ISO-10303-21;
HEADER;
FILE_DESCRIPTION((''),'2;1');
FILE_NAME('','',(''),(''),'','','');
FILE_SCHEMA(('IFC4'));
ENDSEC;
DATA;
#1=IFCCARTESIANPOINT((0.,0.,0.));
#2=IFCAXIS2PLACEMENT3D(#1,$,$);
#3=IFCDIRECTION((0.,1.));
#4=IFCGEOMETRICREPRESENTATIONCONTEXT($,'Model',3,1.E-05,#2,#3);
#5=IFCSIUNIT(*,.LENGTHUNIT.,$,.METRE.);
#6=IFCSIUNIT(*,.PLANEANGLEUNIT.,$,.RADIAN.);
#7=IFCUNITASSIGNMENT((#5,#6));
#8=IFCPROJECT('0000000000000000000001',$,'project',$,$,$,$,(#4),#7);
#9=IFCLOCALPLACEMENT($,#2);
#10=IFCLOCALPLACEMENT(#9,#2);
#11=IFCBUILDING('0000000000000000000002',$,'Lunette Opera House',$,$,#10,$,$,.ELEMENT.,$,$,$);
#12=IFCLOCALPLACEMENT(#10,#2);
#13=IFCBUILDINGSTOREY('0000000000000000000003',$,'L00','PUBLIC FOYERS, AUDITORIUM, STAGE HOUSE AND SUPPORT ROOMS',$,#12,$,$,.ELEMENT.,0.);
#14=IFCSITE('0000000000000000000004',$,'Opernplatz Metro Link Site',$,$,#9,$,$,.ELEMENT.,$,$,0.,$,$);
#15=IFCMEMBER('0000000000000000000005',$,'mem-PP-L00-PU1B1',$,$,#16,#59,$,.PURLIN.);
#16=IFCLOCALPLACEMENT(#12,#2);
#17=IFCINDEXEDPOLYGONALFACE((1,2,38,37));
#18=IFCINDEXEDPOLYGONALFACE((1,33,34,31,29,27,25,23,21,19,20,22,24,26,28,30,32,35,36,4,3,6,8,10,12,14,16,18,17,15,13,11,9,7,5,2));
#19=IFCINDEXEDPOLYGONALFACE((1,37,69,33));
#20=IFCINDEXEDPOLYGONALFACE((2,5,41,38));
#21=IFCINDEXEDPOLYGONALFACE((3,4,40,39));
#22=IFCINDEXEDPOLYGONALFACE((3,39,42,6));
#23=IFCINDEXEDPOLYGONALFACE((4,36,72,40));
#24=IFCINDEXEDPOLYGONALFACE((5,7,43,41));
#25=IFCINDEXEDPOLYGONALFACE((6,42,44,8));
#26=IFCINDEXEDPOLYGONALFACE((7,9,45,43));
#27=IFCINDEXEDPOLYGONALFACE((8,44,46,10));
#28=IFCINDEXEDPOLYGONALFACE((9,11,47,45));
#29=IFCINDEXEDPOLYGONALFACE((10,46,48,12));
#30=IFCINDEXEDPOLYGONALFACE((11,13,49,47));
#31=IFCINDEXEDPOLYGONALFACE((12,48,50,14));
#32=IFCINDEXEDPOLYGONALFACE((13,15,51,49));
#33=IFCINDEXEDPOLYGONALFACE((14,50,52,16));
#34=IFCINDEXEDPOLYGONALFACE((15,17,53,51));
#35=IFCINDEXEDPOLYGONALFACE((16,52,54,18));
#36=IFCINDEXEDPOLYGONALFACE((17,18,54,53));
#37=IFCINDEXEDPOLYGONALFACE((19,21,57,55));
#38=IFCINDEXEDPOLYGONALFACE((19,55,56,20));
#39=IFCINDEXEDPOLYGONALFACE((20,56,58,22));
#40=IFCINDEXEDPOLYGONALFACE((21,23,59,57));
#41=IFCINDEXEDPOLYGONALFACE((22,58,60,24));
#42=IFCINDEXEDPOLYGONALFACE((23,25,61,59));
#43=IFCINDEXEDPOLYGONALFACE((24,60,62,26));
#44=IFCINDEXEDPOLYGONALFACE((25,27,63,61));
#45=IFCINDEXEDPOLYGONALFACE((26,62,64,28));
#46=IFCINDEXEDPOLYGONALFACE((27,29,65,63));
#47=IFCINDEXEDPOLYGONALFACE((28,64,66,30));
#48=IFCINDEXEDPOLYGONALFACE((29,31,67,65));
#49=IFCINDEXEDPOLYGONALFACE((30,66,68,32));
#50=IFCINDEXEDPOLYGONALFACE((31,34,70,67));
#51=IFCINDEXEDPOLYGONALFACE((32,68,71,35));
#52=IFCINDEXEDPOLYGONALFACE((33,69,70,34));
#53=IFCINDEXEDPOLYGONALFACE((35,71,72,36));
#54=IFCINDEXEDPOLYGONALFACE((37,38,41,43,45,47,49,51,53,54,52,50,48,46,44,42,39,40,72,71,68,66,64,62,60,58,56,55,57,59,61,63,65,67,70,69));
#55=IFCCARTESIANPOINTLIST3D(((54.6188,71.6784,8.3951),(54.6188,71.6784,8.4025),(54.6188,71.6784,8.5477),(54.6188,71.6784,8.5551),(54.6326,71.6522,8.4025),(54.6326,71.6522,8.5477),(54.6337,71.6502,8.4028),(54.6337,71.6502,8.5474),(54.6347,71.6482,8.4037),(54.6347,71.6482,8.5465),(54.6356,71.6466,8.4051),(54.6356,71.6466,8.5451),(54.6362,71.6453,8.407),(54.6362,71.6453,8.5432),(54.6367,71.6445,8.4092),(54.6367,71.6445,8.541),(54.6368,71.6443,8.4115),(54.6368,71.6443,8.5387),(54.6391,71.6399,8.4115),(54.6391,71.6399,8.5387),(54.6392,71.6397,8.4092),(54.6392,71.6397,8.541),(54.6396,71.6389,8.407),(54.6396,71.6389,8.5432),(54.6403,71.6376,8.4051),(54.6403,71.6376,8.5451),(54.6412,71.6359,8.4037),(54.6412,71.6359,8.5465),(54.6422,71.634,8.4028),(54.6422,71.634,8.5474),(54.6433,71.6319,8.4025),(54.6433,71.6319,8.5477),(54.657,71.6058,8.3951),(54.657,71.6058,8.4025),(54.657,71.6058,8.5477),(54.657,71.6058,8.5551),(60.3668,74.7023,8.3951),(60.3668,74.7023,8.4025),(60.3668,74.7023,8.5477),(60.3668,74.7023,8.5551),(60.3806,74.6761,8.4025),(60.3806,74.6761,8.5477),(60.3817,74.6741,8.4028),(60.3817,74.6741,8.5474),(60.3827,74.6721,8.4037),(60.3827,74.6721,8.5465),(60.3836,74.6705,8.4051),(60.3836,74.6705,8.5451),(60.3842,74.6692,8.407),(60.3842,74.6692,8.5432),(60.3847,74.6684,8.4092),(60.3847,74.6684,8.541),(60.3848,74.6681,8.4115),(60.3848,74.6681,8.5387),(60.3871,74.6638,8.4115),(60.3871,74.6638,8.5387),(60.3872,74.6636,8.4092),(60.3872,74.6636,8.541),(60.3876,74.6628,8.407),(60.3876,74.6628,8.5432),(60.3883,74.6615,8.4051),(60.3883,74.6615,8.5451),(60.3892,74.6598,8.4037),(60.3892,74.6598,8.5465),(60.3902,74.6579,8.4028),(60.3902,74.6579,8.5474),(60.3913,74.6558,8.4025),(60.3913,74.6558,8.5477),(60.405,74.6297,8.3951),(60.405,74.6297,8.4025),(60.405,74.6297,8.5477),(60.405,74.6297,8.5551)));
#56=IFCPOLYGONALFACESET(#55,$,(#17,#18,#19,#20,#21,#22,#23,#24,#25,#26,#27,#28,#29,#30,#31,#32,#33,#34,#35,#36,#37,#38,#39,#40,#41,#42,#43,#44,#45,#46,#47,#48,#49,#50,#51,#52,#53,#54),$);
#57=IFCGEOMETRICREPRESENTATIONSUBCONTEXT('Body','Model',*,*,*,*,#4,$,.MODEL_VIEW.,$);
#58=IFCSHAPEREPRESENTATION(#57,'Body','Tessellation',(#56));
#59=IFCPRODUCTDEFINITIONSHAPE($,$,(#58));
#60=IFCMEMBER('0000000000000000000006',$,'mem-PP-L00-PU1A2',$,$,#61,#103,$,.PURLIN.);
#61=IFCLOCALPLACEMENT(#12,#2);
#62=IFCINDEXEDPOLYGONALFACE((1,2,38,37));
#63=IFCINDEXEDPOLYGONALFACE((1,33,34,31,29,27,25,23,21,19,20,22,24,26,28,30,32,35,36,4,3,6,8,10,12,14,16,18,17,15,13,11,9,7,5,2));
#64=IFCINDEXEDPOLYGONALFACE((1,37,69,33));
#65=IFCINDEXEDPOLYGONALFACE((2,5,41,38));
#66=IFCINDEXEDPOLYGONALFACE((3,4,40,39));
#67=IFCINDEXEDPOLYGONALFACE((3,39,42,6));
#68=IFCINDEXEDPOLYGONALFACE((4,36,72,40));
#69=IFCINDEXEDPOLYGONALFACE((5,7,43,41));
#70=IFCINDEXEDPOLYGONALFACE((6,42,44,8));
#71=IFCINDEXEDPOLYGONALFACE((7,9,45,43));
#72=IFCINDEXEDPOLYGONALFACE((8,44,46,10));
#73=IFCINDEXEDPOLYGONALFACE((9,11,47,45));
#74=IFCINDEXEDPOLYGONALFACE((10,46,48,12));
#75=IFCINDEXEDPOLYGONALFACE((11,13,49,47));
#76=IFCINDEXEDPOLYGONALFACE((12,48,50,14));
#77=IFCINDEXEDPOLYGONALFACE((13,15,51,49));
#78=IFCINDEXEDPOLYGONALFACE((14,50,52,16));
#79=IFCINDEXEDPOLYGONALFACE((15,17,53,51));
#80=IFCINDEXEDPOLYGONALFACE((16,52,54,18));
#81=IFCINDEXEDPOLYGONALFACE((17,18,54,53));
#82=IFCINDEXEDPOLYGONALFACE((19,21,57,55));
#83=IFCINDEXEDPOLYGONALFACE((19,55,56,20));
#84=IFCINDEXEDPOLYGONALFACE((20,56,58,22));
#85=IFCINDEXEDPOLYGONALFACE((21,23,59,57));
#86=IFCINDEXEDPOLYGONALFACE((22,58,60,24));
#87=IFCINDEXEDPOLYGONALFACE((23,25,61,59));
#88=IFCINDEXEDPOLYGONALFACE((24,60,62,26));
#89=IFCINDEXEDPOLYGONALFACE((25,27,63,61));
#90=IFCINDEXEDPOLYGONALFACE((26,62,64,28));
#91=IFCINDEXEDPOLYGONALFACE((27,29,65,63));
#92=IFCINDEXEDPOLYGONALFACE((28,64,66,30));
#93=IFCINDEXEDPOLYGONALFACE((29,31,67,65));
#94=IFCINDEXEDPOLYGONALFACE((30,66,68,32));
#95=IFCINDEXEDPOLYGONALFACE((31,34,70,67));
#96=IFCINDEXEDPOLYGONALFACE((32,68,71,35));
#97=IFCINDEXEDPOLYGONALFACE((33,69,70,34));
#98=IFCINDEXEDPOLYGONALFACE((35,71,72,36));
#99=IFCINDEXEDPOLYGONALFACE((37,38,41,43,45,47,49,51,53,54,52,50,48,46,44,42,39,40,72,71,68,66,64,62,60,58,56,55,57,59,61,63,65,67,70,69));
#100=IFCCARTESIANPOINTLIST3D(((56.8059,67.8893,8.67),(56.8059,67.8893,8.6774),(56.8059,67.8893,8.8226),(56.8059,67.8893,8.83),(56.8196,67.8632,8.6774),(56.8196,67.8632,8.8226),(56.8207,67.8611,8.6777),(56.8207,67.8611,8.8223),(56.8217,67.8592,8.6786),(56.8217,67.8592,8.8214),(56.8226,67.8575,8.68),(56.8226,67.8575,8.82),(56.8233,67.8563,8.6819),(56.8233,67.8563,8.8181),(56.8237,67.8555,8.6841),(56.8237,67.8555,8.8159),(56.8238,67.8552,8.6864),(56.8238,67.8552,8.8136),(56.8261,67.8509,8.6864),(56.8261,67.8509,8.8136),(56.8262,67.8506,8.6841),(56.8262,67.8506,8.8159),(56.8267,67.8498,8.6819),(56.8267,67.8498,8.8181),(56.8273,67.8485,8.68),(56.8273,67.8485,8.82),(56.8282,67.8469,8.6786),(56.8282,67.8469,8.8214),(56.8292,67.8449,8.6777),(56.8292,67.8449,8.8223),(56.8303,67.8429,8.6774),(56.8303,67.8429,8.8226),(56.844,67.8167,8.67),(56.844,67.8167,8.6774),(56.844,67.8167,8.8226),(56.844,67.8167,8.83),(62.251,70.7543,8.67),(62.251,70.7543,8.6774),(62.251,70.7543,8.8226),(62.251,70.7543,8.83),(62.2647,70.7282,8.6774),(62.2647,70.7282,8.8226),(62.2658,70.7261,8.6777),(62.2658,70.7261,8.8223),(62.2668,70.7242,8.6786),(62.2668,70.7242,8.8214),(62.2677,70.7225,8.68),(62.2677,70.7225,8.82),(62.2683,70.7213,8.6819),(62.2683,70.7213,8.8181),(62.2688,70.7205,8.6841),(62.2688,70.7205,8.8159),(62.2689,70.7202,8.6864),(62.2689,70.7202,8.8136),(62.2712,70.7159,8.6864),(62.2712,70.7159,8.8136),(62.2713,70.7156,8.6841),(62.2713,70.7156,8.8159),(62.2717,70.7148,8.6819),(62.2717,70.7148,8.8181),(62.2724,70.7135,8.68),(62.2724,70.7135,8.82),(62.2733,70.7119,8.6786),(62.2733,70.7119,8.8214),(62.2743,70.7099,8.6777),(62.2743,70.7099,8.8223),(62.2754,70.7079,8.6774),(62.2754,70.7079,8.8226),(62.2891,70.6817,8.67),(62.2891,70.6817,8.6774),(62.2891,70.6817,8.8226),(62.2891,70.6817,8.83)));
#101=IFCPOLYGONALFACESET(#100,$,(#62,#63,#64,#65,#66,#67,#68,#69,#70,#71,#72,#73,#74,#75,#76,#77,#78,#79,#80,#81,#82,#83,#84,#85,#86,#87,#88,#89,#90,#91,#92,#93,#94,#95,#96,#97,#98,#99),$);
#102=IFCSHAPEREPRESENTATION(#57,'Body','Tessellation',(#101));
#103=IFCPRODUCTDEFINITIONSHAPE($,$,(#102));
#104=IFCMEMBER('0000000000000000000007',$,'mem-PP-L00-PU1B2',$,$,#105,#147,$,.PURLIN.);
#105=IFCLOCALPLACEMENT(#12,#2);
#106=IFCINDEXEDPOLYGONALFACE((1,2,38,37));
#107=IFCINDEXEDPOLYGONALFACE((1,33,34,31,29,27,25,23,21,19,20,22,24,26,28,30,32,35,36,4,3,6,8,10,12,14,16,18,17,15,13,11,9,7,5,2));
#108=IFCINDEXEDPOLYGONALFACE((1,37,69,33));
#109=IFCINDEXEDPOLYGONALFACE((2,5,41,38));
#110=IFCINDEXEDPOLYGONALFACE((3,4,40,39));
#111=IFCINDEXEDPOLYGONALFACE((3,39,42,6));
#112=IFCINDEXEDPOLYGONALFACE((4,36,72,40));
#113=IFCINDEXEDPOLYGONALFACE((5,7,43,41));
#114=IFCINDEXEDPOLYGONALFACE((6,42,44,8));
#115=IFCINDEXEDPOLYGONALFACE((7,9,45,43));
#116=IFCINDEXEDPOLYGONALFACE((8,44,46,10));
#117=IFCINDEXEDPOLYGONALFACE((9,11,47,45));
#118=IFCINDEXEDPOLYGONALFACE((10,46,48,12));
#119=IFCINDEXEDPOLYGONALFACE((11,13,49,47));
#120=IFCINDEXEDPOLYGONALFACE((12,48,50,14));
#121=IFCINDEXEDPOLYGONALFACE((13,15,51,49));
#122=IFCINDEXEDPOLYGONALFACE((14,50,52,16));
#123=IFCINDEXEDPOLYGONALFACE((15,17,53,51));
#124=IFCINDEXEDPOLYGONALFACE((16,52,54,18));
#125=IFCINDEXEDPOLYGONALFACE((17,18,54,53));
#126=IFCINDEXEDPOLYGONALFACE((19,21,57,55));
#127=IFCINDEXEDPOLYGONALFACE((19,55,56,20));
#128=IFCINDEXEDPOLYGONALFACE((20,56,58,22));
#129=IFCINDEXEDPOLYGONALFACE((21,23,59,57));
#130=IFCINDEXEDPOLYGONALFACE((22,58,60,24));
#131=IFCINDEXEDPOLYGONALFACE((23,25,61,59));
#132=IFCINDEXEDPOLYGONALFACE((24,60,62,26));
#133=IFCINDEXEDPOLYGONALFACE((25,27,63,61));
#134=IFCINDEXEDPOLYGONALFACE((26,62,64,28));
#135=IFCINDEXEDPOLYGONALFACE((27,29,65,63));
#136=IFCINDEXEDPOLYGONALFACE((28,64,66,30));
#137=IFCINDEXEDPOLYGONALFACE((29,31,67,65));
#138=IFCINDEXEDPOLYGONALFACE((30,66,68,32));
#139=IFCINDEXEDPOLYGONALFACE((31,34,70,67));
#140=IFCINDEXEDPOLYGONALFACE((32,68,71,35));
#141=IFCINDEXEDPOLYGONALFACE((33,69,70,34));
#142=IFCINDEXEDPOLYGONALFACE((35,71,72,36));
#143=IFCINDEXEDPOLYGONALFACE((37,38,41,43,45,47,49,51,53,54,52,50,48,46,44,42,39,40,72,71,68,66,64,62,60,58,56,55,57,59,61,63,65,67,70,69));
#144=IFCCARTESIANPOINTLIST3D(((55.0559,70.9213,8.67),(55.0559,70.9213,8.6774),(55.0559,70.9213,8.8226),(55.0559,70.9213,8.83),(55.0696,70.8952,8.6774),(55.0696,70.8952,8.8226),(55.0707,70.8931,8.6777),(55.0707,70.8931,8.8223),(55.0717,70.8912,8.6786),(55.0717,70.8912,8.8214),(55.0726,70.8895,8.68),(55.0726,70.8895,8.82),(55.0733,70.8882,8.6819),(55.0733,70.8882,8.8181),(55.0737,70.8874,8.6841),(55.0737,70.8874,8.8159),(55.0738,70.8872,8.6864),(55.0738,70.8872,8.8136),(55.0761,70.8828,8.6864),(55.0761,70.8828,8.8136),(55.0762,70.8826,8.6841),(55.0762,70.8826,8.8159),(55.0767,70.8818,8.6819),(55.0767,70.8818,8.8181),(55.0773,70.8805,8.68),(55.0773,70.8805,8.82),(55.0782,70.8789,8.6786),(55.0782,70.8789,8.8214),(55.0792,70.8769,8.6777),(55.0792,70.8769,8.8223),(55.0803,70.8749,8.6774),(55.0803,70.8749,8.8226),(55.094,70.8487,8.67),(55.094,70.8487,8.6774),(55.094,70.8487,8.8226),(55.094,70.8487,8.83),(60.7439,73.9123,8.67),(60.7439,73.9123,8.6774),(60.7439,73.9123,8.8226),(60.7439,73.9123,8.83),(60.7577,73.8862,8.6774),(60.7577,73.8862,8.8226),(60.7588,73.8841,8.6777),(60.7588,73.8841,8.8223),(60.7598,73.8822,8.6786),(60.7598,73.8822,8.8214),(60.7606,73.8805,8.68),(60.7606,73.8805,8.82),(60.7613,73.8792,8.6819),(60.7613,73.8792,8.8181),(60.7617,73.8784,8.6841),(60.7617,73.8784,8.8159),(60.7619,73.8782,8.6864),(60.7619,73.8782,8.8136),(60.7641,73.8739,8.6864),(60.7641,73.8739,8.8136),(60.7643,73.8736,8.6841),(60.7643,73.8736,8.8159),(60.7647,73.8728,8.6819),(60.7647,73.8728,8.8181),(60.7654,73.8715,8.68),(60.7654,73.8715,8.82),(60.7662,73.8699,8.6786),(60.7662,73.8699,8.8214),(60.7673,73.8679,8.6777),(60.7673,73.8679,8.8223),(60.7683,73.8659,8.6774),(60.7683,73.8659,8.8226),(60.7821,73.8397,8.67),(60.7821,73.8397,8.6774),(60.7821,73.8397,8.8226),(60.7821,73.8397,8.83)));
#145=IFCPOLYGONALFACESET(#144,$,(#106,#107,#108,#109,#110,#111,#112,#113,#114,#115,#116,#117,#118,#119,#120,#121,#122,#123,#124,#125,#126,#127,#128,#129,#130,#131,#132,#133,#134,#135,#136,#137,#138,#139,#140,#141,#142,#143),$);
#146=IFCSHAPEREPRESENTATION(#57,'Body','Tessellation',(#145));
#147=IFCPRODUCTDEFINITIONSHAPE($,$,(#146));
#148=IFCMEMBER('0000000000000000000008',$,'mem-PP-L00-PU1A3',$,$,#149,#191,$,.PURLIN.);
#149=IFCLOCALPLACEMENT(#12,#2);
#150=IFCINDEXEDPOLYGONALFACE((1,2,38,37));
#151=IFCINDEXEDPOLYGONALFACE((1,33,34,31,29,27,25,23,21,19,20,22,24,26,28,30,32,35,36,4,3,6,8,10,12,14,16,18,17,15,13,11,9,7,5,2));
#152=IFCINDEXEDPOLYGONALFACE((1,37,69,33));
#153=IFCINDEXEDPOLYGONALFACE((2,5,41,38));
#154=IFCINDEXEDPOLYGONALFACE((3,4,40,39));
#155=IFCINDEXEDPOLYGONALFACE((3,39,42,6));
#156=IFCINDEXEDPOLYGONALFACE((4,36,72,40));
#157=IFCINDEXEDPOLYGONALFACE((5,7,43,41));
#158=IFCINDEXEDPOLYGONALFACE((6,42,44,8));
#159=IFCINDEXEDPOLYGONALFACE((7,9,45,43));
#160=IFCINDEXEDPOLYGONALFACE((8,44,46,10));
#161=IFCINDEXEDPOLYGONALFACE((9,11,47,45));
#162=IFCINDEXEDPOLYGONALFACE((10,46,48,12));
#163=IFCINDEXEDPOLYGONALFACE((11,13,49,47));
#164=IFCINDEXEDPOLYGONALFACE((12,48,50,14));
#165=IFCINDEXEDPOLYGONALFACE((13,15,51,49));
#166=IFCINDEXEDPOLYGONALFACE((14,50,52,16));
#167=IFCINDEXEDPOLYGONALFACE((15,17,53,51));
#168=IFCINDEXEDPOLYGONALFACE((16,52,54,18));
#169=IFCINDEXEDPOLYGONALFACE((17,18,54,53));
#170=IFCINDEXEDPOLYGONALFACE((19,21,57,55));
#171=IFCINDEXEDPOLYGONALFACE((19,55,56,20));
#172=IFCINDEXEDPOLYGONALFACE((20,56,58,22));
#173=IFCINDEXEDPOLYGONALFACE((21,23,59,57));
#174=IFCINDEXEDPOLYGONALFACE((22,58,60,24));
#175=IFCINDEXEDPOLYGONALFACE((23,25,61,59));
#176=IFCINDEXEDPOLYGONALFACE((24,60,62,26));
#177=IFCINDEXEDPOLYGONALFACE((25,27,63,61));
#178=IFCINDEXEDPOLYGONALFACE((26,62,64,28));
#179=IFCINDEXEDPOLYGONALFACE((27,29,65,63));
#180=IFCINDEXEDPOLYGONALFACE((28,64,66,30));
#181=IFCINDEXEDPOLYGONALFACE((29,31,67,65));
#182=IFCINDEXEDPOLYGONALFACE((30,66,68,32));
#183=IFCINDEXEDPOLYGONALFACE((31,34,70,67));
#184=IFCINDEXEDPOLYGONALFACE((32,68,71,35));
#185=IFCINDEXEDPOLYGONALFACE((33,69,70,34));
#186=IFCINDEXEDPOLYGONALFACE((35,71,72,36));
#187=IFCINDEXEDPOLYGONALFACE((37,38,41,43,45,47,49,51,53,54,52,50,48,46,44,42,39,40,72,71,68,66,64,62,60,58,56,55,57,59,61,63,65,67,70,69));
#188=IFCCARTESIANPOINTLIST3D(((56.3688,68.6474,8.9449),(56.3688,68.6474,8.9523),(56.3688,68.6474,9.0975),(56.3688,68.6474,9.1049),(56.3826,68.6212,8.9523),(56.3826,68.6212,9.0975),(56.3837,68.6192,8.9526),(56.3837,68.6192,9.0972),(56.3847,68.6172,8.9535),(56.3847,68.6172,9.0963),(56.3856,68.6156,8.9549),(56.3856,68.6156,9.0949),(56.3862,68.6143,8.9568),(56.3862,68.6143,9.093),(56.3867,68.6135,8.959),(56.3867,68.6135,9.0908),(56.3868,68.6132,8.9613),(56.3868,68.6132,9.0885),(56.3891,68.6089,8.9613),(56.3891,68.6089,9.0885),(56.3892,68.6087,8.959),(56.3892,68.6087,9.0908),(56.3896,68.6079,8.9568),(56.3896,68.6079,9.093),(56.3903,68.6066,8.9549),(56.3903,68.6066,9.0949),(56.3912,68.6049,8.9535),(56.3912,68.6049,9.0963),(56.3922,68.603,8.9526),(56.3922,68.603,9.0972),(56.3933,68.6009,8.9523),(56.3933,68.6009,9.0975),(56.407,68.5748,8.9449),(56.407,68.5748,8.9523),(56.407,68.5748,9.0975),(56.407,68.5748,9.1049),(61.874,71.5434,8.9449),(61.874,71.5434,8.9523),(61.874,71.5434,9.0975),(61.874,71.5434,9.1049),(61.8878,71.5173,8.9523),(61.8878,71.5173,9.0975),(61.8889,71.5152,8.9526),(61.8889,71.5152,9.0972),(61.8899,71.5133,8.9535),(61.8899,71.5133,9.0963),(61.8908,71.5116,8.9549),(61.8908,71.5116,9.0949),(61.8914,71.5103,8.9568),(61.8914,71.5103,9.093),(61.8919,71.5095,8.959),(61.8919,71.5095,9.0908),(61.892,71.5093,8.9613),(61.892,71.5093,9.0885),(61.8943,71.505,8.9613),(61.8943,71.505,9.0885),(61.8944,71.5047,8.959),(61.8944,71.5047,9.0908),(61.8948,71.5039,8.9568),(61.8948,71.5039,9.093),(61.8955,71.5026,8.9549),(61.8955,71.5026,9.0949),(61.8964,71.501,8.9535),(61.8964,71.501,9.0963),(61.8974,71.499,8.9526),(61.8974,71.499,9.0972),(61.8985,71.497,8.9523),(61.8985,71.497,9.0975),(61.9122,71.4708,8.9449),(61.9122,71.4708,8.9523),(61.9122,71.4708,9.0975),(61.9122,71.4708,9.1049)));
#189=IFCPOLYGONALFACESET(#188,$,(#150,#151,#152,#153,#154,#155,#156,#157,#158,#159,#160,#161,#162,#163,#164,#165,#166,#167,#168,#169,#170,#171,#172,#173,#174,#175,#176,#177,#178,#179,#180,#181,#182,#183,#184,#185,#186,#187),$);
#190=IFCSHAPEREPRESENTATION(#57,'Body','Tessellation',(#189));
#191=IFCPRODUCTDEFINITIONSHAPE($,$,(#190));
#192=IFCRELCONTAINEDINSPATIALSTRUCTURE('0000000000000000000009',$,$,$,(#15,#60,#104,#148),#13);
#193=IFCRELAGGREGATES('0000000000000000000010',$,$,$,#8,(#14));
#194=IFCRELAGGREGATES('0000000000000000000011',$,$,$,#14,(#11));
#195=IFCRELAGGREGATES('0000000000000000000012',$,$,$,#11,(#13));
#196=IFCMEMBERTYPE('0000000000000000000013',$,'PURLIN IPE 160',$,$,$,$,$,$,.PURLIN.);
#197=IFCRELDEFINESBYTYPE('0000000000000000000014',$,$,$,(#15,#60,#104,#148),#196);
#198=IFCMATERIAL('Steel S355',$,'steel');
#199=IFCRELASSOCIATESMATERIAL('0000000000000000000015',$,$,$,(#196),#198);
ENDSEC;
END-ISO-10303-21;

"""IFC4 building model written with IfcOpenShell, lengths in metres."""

from ifc_helpers import new_model, si_unit, direction, frame, origin, origin_2d, place, context, subcontext, project, spatial, i_section, extrude, material, material_profile, profile_set, type_object, element, save


model = new_model("IFC4")

# Units and contexts
model_context = context("Model", 3, precision=1e-05, world=origin(), true_north=direction((0.0, 1.0)))
body_context = subcontext(model_context, "Body", "Model", "MODEL_VIEW")
ifc_project = project(units=[si_unit("LENGTHUNIT", "METRE"), si_unit("PLANEANGLEUNIT", "RADIAN")], contexts=[model_context])

# Site, building, storey
site_placement = place(None, origin())
site = spatial("IfcSite", under=ifc_project, at=site_placement, Name="Opernplatz Metro Link Site", CompositionType="ELEMENT", RefElevation=0.0)
building_placement = place(site_placement, origin())
building = spatial("IfcBuilding", under=site, at=building_placement, Name="Lunette Opera House", CompositionType="ELEMENT")
storey_placement = place(building_placement, origin())
storey = spatial("IfcBuildingStorey", under=building, at=storey_placement, Name="L00", Description="PUBLIC FOYERS, AUDITORIUM, STAGE HOUSE AND SUPPORT ROOMS", CompositionType="ELEMENT", Elevation=0.0)

# Members
ifc_material_1 = material(Name="Steel S355", Category="steel")
ifc_material_profile_1 = material_profile(ifc_material_1, i_section(OverallWidth=0.082, OverallDepth=0.1599, WebThickness=0.0049, FlangeThickness=0.0073, FilletRadius=0.009, at=origin_2d()), Name="IPE 160")
ifc_profile_set_1 = profile_set([ifc_material_profile_1], Name="Steel S355")
member_type_1 = type_object("IfcMemberType", Name="PURLIN IPE 160", PredefinedType="PURLIN", material=ifc_profile_set_1)
member_1_placement = place(storey_placement, frame((54.6379, 71.6421, 8.4751), z_axis=(0.885005, 0.465582, 0.0), x_axis=(-0.465582, 0.885005, 0.0)))
element("IfcMember", 1, at=member_1_placement, inside=storey, type_object=member_type_1, Name="mem-PP-L00-PU1B1", PredefinedType="PURLIN", context=body_context, shape_type="SweptSolid", body=[
    extrude(i_section(OverallWidth=0.082, OverallDepth=0.1599, WebThickness=0.0049, FlangeThickness=0.0073, FilletRadius=0.009, at=origin_2d()), origin(), (0.0, 0.0, 1.0), 6.4949),
])
member_2_placement = place(storey_placement, frame((56.825, 67.853, 8.75), z_axis=(0.884974, 0.46564, 0.0), x_axis=(-0.46564, 0.884974, 0.0)))
element("IfcMember", 2, at=member_2_placement, inside=storey, type_object=member_type_1, Name="mem-PP-L00-PU1A2", PredefinedType="PURLIN", context=body_context, shape_type="SweptSolid", body=[
    extrude(i_section(OverallWidth=0.082, OverallDepth=0.1599, WebThickness=0.0049, FlangeThickness=0.0073, FilletRadius=0.009, at=origin_2d()), origin(), (0.0, 0.0, 1.0), 6.1528),
])
member_3_placement = place(storey_placement, frame((55.075, 70.885, 8.75), z_axis=(0.885092, 0.465416, 0.0), x_axis=(-0.465416, 0.885092, 0.0)))
element("IfcMember", 3, at=member_3_placement, inside=storey, type_object=member_type_1, Name="mem-PP-L00-PU1B2", PredefinedType="PURLIN", context=body_context, shape_type="SweptSolid", body=[
    extrude(i_section(OverallWidth=0.082, OverallDepth=0.1599, WebThickness=0.0049, FlangeThickness=0.0073, FilletRadius=0.009, at=origin_2d()), origin(), (0.0, 0.0, 1.0), 6.4265),
])
member_4_placement = place(storey_placement, frame((56.3879, 68.6111, 9.0249), z_axis=(0.885014, 0.465565, 0.0), x_axis=(-0.465565, 0.885014, 0.0)))
element("IfcMember", 4, at=member_4_placement, inside=storey, type_object=member_type_1, Name="mem-PP-L00-PU1A3", PredefinedType="PURLIN", context=body_context, shape_type="SweptSolid", body=[
    extrude(i_section(OverallWidth=0.082, OverallDepth=0.1599, WebThickness=0.0049, FlangeThickness=0.0073, FilletRadius=0.009, at=origin_2d()), origin(), (0.0, 0.0, 1.0), 6.2205),
])

save(model, "model.ifc")
